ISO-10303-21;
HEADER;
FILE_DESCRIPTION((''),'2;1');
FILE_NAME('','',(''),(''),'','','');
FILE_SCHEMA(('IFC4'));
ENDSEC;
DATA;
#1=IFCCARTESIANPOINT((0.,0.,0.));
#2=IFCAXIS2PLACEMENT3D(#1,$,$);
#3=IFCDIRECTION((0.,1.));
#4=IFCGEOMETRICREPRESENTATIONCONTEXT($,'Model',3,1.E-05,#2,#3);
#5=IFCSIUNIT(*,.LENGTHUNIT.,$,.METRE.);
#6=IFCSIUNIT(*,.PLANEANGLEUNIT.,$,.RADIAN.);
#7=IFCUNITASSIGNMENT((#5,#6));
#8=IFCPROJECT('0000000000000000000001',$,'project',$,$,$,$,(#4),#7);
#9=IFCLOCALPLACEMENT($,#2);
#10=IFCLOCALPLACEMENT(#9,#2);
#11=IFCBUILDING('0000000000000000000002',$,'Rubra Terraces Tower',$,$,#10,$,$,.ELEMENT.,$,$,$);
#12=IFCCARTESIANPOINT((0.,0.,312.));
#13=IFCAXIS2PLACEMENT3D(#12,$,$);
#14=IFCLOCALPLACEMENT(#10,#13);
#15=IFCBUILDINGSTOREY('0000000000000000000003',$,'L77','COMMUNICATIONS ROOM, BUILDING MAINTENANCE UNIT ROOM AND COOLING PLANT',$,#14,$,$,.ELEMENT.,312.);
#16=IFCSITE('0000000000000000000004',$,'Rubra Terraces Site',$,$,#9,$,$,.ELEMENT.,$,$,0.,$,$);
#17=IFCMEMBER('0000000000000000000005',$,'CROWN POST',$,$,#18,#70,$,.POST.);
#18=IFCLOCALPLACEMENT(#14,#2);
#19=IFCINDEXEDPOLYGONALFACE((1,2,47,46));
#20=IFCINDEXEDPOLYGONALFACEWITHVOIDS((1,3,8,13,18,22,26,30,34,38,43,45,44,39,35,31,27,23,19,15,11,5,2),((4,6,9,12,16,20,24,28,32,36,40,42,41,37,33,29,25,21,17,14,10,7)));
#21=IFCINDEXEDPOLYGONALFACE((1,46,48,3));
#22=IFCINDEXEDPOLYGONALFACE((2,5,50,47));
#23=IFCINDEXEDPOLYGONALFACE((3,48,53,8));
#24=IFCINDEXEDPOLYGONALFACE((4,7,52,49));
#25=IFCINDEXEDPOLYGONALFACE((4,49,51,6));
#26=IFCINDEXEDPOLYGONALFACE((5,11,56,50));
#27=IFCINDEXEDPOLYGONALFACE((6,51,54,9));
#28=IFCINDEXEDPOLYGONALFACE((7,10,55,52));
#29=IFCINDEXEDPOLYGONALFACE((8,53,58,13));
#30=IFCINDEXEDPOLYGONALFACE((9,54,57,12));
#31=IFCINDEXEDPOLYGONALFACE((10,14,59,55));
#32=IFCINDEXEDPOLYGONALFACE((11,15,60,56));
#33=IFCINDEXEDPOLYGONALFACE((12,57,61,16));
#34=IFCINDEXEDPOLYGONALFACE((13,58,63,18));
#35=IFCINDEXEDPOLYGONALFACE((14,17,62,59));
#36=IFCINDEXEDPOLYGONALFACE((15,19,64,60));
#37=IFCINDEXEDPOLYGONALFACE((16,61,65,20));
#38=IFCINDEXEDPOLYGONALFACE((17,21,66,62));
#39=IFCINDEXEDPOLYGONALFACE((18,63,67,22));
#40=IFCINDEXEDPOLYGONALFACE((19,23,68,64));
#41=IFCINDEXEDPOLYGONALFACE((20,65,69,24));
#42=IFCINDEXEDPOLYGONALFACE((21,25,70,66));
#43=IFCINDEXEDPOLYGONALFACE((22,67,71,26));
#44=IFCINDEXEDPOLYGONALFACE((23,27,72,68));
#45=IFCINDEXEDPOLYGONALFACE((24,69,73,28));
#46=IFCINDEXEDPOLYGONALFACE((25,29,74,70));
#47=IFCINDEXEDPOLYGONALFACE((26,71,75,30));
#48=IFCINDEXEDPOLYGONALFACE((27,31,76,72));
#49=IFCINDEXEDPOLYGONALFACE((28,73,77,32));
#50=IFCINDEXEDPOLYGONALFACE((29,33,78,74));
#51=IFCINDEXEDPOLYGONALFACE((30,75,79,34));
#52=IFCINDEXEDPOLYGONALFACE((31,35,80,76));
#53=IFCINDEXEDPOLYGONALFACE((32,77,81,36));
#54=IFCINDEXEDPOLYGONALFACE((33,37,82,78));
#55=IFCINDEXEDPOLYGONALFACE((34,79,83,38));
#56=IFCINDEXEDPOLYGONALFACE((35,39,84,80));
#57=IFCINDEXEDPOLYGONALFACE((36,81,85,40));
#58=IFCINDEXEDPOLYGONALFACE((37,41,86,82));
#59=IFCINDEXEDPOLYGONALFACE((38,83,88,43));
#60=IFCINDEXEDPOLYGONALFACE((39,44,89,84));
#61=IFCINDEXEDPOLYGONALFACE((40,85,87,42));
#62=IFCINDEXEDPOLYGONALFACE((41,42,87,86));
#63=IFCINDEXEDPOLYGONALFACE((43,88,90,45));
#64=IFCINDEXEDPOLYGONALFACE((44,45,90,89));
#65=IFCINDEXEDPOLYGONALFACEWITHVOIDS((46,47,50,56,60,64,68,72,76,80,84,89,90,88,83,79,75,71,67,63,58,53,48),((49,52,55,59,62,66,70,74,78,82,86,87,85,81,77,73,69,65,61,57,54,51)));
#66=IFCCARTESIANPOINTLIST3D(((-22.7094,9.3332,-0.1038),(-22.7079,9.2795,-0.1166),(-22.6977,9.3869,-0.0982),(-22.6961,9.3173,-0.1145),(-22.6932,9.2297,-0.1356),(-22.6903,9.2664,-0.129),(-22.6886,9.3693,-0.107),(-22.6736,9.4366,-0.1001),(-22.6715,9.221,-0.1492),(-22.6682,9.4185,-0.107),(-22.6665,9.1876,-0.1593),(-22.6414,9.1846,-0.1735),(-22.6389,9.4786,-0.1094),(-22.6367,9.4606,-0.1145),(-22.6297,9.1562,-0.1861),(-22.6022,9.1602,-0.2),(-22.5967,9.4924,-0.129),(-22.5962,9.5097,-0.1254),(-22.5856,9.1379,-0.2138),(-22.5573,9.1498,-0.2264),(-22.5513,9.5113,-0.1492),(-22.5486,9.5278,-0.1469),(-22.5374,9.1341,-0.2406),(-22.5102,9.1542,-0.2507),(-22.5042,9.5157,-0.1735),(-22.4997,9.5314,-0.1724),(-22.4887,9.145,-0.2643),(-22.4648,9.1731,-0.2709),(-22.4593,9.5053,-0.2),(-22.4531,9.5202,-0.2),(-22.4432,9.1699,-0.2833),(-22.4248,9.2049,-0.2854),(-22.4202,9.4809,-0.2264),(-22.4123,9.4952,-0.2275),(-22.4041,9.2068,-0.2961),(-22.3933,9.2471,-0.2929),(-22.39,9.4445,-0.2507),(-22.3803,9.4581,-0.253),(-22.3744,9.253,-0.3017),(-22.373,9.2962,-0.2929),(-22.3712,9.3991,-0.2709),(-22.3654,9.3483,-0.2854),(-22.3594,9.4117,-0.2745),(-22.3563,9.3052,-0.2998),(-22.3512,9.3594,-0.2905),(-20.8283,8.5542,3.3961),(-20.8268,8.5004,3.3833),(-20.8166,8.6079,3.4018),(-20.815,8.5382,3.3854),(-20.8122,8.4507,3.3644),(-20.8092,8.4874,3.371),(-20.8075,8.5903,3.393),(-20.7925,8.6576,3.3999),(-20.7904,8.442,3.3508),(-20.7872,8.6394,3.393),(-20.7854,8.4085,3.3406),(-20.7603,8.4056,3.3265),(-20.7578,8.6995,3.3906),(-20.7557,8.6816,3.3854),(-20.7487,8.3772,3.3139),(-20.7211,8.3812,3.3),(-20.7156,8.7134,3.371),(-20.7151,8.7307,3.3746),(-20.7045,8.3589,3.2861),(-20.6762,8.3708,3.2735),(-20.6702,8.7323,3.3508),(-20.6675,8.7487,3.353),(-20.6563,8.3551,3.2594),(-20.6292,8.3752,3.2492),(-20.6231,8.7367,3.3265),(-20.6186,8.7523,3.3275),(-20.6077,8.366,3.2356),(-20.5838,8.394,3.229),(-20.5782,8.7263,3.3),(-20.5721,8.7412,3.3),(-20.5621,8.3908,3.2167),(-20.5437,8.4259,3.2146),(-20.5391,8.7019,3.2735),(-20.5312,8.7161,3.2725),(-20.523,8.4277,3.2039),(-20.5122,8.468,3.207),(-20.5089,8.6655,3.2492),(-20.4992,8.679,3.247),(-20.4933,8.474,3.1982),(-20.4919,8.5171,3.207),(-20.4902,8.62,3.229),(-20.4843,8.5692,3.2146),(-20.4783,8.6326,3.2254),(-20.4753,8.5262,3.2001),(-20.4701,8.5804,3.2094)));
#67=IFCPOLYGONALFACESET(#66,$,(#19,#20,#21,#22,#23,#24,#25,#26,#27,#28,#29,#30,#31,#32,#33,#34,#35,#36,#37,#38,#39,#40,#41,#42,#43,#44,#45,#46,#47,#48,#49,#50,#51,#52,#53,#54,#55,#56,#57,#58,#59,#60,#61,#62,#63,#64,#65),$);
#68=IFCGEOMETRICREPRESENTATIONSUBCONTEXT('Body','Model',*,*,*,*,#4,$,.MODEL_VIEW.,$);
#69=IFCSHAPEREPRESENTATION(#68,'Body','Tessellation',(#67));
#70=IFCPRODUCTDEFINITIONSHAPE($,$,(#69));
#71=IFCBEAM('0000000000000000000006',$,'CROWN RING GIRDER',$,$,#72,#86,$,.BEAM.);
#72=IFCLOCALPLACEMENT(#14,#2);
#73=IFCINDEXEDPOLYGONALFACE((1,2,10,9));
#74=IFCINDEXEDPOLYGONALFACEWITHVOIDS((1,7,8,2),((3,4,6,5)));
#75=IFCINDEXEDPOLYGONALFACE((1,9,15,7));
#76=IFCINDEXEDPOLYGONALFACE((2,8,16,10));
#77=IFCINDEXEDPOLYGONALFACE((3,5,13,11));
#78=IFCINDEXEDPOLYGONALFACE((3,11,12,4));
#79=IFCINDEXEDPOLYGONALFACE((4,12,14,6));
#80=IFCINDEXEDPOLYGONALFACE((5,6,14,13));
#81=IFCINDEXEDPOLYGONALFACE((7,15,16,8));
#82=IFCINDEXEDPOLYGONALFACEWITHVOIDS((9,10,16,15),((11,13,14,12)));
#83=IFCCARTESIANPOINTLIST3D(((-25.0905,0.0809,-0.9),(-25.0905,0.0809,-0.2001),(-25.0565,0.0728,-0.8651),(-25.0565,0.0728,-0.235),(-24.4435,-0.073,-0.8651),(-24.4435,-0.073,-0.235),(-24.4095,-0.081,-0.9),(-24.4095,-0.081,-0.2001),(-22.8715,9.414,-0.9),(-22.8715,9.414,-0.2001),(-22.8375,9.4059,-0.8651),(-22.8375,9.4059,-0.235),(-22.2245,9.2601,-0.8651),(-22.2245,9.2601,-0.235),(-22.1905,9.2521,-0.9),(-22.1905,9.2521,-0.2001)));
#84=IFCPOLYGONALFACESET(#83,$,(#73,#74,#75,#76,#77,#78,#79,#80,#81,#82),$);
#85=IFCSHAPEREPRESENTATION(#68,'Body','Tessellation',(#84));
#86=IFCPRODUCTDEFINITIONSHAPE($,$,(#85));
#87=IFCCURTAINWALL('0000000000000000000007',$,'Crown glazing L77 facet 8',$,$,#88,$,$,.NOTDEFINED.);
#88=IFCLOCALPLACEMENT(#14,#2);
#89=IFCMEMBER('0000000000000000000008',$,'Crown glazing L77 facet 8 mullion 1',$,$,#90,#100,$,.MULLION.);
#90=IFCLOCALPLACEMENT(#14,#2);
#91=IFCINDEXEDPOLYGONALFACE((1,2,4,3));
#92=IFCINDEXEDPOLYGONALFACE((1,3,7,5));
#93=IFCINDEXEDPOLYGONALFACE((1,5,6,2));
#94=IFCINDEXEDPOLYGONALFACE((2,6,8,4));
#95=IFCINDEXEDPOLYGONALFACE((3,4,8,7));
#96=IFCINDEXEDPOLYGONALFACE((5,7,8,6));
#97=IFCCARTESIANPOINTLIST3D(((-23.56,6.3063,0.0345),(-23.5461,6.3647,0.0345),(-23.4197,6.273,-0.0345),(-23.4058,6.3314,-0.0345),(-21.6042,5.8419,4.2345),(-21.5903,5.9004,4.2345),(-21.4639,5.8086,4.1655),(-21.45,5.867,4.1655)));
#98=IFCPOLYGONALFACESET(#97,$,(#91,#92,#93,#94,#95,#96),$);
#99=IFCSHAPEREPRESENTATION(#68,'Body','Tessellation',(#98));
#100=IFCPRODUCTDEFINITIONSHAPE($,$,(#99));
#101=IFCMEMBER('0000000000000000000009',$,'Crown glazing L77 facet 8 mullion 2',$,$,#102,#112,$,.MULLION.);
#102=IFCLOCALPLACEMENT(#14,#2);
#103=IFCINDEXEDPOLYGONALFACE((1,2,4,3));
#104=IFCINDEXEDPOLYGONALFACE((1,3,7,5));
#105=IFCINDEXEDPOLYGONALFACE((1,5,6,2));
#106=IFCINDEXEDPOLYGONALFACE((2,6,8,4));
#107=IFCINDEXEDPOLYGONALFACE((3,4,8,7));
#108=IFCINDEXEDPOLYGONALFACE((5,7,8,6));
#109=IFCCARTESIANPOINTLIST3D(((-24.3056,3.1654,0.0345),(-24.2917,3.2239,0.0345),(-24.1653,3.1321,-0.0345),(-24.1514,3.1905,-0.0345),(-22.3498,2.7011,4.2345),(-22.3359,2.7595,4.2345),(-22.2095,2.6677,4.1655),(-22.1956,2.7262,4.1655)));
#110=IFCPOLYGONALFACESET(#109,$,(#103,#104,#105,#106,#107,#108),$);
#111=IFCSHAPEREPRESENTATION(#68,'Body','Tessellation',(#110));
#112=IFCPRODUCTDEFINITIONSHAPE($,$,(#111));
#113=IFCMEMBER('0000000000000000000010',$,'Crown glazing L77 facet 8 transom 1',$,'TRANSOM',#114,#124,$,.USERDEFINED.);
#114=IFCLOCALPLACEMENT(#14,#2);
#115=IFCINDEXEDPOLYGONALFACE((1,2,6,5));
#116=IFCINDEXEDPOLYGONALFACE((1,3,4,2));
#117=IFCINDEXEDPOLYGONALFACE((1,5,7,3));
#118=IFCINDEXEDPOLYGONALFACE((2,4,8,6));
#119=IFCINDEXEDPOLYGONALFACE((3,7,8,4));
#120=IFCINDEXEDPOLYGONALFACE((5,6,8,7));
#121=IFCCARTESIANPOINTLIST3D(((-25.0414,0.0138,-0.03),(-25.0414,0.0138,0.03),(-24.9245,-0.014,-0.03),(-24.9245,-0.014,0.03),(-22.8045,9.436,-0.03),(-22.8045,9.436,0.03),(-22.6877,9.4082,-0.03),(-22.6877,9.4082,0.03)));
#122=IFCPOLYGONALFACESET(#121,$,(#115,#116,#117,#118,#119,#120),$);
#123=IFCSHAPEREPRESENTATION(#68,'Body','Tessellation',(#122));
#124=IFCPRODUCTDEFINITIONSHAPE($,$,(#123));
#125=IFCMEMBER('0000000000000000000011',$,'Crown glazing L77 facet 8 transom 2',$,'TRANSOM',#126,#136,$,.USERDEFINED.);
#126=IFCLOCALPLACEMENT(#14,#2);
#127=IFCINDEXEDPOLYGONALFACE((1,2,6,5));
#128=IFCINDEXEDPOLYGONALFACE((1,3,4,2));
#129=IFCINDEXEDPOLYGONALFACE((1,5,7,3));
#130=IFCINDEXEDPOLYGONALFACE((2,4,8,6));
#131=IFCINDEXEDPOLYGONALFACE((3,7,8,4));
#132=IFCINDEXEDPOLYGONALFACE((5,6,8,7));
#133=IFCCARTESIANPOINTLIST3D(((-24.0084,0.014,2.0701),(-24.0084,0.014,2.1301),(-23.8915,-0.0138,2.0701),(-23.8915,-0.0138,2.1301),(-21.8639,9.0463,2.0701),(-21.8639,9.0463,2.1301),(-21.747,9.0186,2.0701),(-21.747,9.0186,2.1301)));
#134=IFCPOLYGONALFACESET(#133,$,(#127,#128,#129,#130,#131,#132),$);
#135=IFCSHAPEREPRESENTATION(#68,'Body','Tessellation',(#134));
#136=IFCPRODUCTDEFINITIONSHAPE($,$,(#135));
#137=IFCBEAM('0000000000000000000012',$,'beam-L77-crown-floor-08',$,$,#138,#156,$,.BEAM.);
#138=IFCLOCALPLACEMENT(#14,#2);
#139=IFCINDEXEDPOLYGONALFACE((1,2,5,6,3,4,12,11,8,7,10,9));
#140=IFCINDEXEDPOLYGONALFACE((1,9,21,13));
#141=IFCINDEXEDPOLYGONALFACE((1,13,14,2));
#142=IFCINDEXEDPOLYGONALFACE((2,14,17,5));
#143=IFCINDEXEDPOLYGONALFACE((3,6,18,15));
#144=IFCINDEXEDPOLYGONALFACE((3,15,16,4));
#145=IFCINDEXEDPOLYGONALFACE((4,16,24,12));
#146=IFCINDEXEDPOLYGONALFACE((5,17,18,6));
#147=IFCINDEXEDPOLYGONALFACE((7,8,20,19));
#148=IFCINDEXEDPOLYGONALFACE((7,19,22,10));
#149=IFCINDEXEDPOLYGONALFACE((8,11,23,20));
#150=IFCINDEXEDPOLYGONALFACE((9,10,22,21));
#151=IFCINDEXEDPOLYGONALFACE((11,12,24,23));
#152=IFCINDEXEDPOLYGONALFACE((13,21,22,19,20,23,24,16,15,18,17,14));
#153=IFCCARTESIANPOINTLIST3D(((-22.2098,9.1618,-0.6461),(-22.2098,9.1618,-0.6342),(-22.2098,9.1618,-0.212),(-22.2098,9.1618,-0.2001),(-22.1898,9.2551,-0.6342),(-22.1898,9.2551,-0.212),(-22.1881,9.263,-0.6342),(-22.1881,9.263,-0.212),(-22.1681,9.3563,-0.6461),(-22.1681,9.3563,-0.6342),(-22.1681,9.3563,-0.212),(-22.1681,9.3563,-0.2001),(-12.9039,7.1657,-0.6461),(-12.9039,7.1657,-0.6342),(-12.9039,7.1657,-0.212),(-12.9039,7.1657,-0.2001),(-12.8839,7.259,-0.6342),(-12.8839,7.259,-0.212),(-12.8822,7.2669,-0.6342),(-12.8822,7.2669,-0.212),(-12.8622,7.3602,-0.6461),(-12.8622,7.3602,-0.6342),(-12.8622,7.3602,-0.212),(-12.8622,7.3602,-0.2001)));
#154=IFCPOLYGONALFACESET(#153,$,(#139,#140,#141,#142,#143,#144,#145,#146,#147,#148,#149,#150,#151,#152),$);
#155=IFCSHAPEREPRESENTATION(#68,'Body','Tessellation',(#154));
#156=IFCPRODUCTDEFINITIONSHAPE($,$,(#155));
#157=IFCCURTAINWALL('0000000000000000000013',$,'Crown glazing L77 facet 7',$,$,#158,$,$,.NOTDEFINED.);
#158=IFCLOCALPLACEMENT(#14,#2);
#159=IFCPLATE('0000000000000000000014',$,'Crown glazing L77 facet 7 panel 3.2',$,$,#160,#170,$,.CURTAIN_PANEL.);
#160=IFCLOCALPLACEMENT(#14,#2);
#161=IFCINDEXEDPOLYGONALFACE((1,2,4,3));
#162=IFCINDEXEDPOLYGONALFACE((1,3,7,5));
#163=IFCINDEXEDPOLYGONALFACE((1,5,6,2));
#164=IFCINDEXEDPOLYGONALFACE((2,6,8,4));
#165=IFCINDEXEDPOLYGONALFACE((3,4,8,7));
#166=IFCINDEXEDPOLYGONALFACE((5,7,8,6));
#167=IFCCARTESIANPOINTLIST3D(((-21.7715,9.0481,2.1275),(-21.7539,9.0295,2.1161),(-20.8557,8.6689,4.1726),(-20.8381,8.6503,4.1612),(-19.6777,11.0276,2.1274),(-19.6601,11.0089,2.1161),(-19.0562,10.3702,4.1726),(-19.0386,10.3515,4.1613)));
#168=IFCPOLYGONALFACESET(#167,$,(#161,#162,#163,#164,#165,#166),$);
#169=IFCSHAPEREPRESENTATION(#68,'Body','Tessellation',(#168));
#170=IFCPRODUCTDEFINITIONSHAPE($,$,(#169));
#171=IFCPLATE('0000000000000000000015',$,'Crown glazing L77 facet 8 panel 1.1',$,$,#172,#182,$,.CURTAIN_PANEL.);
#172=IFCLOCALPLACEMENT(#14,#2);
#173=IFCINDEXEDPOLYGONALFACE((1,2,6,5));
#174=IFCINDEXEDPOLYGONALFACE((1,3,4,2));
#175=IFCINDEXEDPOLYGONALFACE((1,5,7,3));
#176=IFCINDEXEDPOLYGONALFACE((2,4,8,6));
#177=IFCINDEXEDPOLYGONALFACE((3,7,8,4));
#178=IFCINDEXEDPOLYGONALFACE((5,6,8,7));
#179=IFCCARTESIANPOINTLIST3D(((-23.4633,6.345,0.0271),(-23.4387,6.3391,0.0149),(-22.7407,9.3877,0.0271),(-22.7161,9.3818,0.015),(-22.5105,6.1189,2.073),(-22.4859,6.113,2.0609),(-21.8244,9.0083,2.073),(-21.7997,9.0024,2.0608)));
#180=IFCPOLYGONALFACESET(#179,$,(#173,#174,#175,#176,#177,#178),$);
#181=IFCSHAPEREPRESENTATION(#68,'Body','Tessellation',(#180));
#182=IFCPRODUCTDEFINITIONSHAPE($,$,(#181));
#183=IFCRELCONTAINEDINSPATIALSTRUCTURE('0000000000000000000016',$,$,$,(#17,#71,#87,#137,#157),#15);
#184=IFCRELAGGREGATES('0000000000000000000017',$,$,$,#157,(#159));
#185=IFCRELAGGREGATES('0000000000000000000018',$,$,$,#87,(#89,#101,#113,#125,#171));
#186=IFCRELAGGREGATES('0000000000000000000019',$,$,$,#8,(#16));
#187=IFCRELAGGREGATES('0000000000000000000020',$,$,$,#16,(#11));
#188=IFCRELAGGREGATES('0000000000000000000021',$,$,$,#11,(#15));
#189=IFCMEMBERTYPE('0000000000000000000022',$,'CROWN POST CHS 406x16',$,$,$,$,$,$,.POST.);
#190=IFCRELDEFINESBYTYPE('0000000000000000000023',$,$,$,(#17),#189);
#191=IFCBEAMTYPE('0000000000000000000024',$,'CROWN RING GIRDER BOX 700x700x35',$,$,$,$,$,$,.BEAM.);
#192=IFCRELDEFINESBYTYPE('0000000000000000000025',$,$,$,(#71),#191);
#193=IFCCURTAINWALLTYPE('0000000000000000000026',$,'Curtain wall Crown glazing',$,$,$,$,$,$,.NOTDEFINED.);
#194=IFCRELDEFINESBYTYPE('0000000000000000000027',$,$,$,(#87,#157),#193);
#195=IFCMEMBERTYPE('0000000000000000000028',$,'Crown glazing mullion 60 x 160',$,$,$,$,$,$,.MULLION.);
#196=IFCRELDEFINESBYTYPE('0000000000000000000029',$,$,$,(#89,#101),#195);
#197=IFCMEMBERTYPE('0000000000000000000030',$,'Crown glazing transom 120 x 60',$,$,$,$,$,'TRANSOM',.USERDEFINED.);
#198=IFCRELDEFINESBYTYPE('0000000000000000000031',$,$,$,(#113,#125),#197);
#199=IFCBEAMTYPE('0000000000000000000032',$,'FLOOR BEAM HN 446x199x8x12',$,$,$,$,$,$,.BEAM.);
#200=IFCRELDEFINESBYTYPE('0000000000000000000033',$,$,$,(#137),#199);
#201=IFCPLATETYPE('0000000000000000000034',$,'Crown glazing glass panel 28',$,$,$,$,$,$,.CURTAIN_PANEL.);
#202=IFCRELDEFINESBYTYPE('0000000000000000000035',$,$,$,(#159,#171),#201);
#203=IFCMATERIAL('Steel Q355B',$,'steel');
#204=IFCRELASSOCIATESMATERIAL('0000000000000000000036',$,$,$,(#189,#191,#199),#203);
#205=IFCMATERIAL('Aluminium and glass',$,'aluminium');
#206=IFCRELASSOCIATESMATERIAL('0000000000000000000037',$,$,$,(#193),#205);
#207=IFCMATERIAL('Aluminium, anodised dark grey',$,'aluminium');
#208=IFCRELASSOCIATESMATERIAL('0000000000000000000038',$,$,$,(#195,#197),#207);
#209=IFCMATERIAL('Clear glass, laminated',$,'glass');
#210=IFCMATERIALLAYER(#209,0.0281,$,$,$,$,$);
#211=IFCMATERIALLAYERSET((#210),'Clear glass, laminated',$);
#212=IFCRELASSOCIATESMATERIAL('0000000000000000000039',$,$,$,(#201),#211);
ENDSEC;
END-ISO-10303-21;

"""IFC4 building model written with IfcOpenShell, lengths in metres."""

from ifc_helpers import new_model, si_unit, direction, frame, origin, origin_2d, place, context, subcontext, project, spatial, polyline, rectangle, hollow_rectangle, hollow_circle, i_section, outline, extrude, material, layer, layer_set, material_profile, profile_set, type_object, element, aggregate, save


model = new_model("IFC4")

# Units and contexts
model_context = context("Model", 3, precision=1e-05, world=origin(), true_north=direction((0.0, 1.0)))
body_context = subcontext(model_context, "Body", "Model", "MODEL_VIEW")
ifc_project = project(units=[si_unit("LENGTHUNIT", "METRE"), si_unit("PLANEANGLEUNIT", "RADIAN")], contexts=[model_context])

# Site, building, storey
site_placement = place(None, origin())
site = spatial("IfcSite", under=ifc_project, at=site_placement, Name="Rubra Terraces Site", CompositionType="ELEMENT", RefElevation=0.0)
building_placement = place(site_placement, origin())
building = spatial("IfcBuilding", under=site, at=building_placement, Name="Rubra Terraces Tower", CompositionType="ELEMENT")
storey_placement = place(building_placement, frame((0.0, 0.0, 312.0)))
storey = spatial("IfcBuildingStorey", under=building, at=storey_placement, Name="L77", Description="COMMUNICATIONS ROOM, BUILDING MAINTENANCE UNIT ROOM AND COOLING PLANT", CompositionType="ELEMENT", Elevation=312.0)

# Member
ifc_material_1 = material(Name="Steel Q355B", Category="steel")
ifc_material_profile_1 = material_profile(ifc_material_1, hollow_circle(Radius=0.2029, WallThickness=0.0161, at=origin_2d()), Name="CHS 406x16")
ifc_profile_set_1 = profile_set([ifc_material_profile_1], Name="Steel Q355B")
member_type_1 = type_object("IfcMemberType", Name="CROWN POST CHS 406x16", PredefinedType="POST", material=ifc_profile_set_1)
member_1_placement = place(storey_placement, frame((-22.5308, 9.3328, -0.2), z_axis=(0.46457, -0.1924, 0.864383), x_axis=(0.382631, 0.923901, 0.0)))
element("IfcMember", 1, at=member_1_placement, inside=storey, type_object=member_type_1, Name="CROWN POST", PredefinedType="POST", context=body_context, shape_type="SweptSolid", body=[
    extrude(hollow_circle(Radius=0.2029, WallThickness=0.0161, at=origin_2d()), origin(), (0.0, 0.0, 1.0), 4.0491),
])

# Beam
ifc_material_profile_2 = material_profile(ifc_material_1, hollow_rectangle(XDim=0.7, YDim=0.7, WallThickness=0.0349, at=origin_2d()), Name="BOX 700x700x35")
ifc_profile_set_2 = profile_set([ifc_material_profile_2], Name="Steel Q355B")
beam_type_1 = type_object("IfcBeamType", Name="CROWN RING GIRDER BOX 700x700x35", PredefinedType="BEAM", material=ifc_profile_set_2)
beam_1_placement = place(storey_placement, frame((-22.531, 9.333, -0.55), z_axis=(-0.23131, -0.97288, 0.0), x_axis=(0.97288, -0.23131, 0.0)))
element("IfcBeam", 2, at=beam_1_placement, inside=storey, type_object=beam_type_1, Name="CROWN RING GIRDER", PredefinedType="BEAM", context=body_context, shape_type="SweptSolid", body=[
    extrude(hollow_rectangle(XDim=0.7, YDim=0.7, WallThickness=0.0349, at=origin_2d()), origin(), (0.0, 0.0, 1.0), 9.5933),
])

# Curtain wall, members
ifc_material_2 = material(Name="Aluminium and glass", Category="aluminium")
curtain_wall_type = type_object("IfcCurtainWallType", Name="Curtain wall Crown glazing", PredefinedType="NOTDEFINED", material=ifc_material_2)
curtain_wall_1_placement = place(storey_placement, origin())
curtain_wall_1 = element("IfcCurtainWall", 3, at=curtain_wall_1_placement, inside=storey, type_object=curtain_wall_type, Name="Crown glazing L77 facet 8", PredefinedType="NOTDEFINED")
ifc_material_3 = material(Name="Aluminium, anodised dark grey", Category="aluminium")
ifc_material_profile_3 = material_profile(ifc_material_3, rectangle(XDim=0.0601, YDim=0.1599, at=origin_2d()), Name="AL 60x160")
ifc_profile_set_3 = profile_set([ifc_material_profile_3], Name="Aluminium, anodised dark grey")
member_type_2 = type_object("IfcMemberType", Name="Crown glazing mullion 60 x 160", PredefinedType="MULLION", material=ifc_profile_set_3)
member_2_placement = place(storey_placement, frame((-23.4829, 6.3188, 0.0), z_axis=(0.420042, -0.099728, 0.902008), x_axis=(0.231002, 0.972953, 0.0)))
member_2 = element("IfcMember", 4, at=member_2_placement, type_object=member_type_2, Name="Crown glazing L77 facet 8 mullion 1", PredefinedType="MULLION", context=body_context, shape_type="SweptSolid", body=[
    extrude(rectangle(XDim=0.0601, YDim=0.1599, at=origin_2d()), origin(), (0.0, 0.0, 1.0), 4.6562),
])
member_3_placement = place(storey_placement, frame((-24.2285, 3.178, 0.0), z_axis=(0.420042, -0.099728, 0.902008), x_axis=(0.231002, 0.972953, 0.0)))
member_3 = element("IfcMember", 5, at=member_3_placement, type_object=member_type_2, Name="Crown glazing L77 facet 8 mullion 2", PredefinedType="MULLION", context=body_context, shape_type="SweptSolid", body=[
    extrude(rectangle(XDim=0.0601, YDim=0.1599, at=origin_2d()), origin(), (0.0, 0.0, 1.0), 4.6562),
])
ifc_material_profile_4 = material_profile(ifc_material_3, rectangle(XDim=0.1201, YDim=0.0601, at=origin_2d()), Name="AL 120x60")
ifc_profile_set_4 = profile_set([ifc_material_profile_4], Name="Aluminium, anodised dark grey")
member_type_3 = type_object("IfcMemberType", Name="Crown glazing transom 120 x 60", ElementType="TRANSOM", PredefinedType="USERDEFINED", material=ifc_profile_set_4)
member_4_placement = place(storey_placement, frame((-22.7461, 9.4221, 0.0), z_axis=(-0.230981, -0.972958, 0.0), x_axis=(0.972958, -0.230981, 0.0)))
member_4 = element("IfcMember", 6, at=member_4_placement, type_object=member_type_3, Name="Crown glazing L77 facet 8 transom 1", ObjectType="TRANSOM", PredefinedType="USERDEFINED", context=body_context, shape_type="SweptSolid", body=[
    extrude(rectangle(XDim=0.1201, YDim=0.0601, at=origin_2d()), origin(), (0.0, 0.0, 1.0), 9.6841),
])
member_5_placement = place(storey_placement, frame((-21.8054, 9.0325, 2.1001), z_axis=(-0.231003, -0.972953, 0.0), x_axis=(0.972953, -0.231003, 0.0)))
member_5 = element("IfcMember", 7, at=member_5_placement, type_object=member_type_3, Name="Crown glazing L77 facet 8 transom 2", ObjectType="TRANSOM", PredefinedType="USERDEFINED", context=body_context, shape_type="SweptSolid", body=[
    extrude(rectangle(XDim=0.1201, YDim=0.0601, at=origin_2d()), origin(), (0.0, 0.0, 1.0), 9.2834),
])

# Beam
ifc_material_profile_5 = material_profile(ifc_material_1, i_section(OverallWidth=0.199, OverallDepth=0.446, WebThickness=0.0081, FlangeThickness=0.012, at=origin_2d()), Name="HN 446x199x8x12")
ifc_profile_set_5 = profile_set([ifc_material_profile_5], Name="Steel Q355B")
beam_type_2 = type_object("IfcBeamType", Name="FLOOR BEAM HN 446x199x8x12", PredefinedType="BEAM", material=ifc_profile_set_5)
beam_2_placement = place(storey_placement, frame((-22.189, 9.259, -0.4231), z_axis=(0.97776, -0.209727, 0.0), x_axis=(0.209727, 0.97776, 0.0)))
element("IfcBeam", 8, at=beam_2_placement, inside=storey, type_object=beam_type_2, Name="beam-L77-crown-floor-08", PredefinedType="BEAM", context=body_context, shape_type="SweptSolid", body=[
    extrude(i_section(OverallWidth=0.199, OverallDepth=0.446, WebThickness=0.0081, FlangeThickness=0.012, at=origin_2d()), origin(), (0.0, 0.0, 1.0), 9.5176),
])

# Curtain wall, plate
curtain_wall_2_placement = place(storey_placement, origin())
curtain_wall_2 = element("IfcCurtainWall", 9, at=curtain_wall_2_placement, inside=storey, type_object=curtain_wall_type, Name="Crown glazing L77 facet 7", PredefinedType="NOTDEFINED")
ifc_material_4 = material(Name="Clear glass, laminated", Category="glass")
ifc_layer_1 = layer(ifc_material_4, 0.0281)
ifc_layer_set_1 = layer_set([ifc_layer_1], Name="Clear glass, laminated")
plate_type = type_object("IfcPlateType", Name="Crown glazing glass panel 28", PredefinedType="CURTAIN_PANEL", material=ifc_layer_set_1)
plate_1_placement = place(storey_placement, frame((-19.6777, 11.0276, 2.1274), z_axis=(-0.628257, 0.664554, 0.40455), x_axis=(-0.72667, -0.686986, 0.000009)))
plate_1 = element("IfcPlate", 10, at=plate_1_placement, type_object=plate_type, Name="Crown glazing L77 facet 7 panel 3.2", PredefinedType="CURTAIN_PANEL", context=body_context, shape_type="SweptSolid", body=[
    extrude(outline(polyline([(0.0, 0.0), (2.8814, 0.0), (2.4764, 2.2363), (0.0, 2.2364), (0.0, 0.0)])), origin(), (0.0, 0.0, -1.0), 0.0281),
])
aggregate(curtain_wall_2, [plate_1])

# Plate
plate_2_placement = place(storey_placement, frame((-22.7407, 9.3877, 0.0271), z_axis=(-0.877599, 0.208402, 0.431727), x_axis=(-0.231049, -0.972942, -0.000013)))
plate_2 = element("IfcPlate", 11, at=plate_2_placement, type_object=plate_type, Name="Crown glazing L77 facet 8 panel 1.1", PredefinedType="CURTAIN_PANEL", context=body_context, shape_type="SweptSolid", body=[
    extrude(outline(polyline([(0.0, 0.0), (3.1274, 0.0), (3.1271, 2.2682), (0.1574, 2.2681), (0.0, 0.0)])), origin(), (0.0, 0.0, -1.0), 0.0281),
])
aggregate(curtain_wall_1, [member_2, member_3, member_4, member_5, plate_2])

save(model, "model.ifc")
